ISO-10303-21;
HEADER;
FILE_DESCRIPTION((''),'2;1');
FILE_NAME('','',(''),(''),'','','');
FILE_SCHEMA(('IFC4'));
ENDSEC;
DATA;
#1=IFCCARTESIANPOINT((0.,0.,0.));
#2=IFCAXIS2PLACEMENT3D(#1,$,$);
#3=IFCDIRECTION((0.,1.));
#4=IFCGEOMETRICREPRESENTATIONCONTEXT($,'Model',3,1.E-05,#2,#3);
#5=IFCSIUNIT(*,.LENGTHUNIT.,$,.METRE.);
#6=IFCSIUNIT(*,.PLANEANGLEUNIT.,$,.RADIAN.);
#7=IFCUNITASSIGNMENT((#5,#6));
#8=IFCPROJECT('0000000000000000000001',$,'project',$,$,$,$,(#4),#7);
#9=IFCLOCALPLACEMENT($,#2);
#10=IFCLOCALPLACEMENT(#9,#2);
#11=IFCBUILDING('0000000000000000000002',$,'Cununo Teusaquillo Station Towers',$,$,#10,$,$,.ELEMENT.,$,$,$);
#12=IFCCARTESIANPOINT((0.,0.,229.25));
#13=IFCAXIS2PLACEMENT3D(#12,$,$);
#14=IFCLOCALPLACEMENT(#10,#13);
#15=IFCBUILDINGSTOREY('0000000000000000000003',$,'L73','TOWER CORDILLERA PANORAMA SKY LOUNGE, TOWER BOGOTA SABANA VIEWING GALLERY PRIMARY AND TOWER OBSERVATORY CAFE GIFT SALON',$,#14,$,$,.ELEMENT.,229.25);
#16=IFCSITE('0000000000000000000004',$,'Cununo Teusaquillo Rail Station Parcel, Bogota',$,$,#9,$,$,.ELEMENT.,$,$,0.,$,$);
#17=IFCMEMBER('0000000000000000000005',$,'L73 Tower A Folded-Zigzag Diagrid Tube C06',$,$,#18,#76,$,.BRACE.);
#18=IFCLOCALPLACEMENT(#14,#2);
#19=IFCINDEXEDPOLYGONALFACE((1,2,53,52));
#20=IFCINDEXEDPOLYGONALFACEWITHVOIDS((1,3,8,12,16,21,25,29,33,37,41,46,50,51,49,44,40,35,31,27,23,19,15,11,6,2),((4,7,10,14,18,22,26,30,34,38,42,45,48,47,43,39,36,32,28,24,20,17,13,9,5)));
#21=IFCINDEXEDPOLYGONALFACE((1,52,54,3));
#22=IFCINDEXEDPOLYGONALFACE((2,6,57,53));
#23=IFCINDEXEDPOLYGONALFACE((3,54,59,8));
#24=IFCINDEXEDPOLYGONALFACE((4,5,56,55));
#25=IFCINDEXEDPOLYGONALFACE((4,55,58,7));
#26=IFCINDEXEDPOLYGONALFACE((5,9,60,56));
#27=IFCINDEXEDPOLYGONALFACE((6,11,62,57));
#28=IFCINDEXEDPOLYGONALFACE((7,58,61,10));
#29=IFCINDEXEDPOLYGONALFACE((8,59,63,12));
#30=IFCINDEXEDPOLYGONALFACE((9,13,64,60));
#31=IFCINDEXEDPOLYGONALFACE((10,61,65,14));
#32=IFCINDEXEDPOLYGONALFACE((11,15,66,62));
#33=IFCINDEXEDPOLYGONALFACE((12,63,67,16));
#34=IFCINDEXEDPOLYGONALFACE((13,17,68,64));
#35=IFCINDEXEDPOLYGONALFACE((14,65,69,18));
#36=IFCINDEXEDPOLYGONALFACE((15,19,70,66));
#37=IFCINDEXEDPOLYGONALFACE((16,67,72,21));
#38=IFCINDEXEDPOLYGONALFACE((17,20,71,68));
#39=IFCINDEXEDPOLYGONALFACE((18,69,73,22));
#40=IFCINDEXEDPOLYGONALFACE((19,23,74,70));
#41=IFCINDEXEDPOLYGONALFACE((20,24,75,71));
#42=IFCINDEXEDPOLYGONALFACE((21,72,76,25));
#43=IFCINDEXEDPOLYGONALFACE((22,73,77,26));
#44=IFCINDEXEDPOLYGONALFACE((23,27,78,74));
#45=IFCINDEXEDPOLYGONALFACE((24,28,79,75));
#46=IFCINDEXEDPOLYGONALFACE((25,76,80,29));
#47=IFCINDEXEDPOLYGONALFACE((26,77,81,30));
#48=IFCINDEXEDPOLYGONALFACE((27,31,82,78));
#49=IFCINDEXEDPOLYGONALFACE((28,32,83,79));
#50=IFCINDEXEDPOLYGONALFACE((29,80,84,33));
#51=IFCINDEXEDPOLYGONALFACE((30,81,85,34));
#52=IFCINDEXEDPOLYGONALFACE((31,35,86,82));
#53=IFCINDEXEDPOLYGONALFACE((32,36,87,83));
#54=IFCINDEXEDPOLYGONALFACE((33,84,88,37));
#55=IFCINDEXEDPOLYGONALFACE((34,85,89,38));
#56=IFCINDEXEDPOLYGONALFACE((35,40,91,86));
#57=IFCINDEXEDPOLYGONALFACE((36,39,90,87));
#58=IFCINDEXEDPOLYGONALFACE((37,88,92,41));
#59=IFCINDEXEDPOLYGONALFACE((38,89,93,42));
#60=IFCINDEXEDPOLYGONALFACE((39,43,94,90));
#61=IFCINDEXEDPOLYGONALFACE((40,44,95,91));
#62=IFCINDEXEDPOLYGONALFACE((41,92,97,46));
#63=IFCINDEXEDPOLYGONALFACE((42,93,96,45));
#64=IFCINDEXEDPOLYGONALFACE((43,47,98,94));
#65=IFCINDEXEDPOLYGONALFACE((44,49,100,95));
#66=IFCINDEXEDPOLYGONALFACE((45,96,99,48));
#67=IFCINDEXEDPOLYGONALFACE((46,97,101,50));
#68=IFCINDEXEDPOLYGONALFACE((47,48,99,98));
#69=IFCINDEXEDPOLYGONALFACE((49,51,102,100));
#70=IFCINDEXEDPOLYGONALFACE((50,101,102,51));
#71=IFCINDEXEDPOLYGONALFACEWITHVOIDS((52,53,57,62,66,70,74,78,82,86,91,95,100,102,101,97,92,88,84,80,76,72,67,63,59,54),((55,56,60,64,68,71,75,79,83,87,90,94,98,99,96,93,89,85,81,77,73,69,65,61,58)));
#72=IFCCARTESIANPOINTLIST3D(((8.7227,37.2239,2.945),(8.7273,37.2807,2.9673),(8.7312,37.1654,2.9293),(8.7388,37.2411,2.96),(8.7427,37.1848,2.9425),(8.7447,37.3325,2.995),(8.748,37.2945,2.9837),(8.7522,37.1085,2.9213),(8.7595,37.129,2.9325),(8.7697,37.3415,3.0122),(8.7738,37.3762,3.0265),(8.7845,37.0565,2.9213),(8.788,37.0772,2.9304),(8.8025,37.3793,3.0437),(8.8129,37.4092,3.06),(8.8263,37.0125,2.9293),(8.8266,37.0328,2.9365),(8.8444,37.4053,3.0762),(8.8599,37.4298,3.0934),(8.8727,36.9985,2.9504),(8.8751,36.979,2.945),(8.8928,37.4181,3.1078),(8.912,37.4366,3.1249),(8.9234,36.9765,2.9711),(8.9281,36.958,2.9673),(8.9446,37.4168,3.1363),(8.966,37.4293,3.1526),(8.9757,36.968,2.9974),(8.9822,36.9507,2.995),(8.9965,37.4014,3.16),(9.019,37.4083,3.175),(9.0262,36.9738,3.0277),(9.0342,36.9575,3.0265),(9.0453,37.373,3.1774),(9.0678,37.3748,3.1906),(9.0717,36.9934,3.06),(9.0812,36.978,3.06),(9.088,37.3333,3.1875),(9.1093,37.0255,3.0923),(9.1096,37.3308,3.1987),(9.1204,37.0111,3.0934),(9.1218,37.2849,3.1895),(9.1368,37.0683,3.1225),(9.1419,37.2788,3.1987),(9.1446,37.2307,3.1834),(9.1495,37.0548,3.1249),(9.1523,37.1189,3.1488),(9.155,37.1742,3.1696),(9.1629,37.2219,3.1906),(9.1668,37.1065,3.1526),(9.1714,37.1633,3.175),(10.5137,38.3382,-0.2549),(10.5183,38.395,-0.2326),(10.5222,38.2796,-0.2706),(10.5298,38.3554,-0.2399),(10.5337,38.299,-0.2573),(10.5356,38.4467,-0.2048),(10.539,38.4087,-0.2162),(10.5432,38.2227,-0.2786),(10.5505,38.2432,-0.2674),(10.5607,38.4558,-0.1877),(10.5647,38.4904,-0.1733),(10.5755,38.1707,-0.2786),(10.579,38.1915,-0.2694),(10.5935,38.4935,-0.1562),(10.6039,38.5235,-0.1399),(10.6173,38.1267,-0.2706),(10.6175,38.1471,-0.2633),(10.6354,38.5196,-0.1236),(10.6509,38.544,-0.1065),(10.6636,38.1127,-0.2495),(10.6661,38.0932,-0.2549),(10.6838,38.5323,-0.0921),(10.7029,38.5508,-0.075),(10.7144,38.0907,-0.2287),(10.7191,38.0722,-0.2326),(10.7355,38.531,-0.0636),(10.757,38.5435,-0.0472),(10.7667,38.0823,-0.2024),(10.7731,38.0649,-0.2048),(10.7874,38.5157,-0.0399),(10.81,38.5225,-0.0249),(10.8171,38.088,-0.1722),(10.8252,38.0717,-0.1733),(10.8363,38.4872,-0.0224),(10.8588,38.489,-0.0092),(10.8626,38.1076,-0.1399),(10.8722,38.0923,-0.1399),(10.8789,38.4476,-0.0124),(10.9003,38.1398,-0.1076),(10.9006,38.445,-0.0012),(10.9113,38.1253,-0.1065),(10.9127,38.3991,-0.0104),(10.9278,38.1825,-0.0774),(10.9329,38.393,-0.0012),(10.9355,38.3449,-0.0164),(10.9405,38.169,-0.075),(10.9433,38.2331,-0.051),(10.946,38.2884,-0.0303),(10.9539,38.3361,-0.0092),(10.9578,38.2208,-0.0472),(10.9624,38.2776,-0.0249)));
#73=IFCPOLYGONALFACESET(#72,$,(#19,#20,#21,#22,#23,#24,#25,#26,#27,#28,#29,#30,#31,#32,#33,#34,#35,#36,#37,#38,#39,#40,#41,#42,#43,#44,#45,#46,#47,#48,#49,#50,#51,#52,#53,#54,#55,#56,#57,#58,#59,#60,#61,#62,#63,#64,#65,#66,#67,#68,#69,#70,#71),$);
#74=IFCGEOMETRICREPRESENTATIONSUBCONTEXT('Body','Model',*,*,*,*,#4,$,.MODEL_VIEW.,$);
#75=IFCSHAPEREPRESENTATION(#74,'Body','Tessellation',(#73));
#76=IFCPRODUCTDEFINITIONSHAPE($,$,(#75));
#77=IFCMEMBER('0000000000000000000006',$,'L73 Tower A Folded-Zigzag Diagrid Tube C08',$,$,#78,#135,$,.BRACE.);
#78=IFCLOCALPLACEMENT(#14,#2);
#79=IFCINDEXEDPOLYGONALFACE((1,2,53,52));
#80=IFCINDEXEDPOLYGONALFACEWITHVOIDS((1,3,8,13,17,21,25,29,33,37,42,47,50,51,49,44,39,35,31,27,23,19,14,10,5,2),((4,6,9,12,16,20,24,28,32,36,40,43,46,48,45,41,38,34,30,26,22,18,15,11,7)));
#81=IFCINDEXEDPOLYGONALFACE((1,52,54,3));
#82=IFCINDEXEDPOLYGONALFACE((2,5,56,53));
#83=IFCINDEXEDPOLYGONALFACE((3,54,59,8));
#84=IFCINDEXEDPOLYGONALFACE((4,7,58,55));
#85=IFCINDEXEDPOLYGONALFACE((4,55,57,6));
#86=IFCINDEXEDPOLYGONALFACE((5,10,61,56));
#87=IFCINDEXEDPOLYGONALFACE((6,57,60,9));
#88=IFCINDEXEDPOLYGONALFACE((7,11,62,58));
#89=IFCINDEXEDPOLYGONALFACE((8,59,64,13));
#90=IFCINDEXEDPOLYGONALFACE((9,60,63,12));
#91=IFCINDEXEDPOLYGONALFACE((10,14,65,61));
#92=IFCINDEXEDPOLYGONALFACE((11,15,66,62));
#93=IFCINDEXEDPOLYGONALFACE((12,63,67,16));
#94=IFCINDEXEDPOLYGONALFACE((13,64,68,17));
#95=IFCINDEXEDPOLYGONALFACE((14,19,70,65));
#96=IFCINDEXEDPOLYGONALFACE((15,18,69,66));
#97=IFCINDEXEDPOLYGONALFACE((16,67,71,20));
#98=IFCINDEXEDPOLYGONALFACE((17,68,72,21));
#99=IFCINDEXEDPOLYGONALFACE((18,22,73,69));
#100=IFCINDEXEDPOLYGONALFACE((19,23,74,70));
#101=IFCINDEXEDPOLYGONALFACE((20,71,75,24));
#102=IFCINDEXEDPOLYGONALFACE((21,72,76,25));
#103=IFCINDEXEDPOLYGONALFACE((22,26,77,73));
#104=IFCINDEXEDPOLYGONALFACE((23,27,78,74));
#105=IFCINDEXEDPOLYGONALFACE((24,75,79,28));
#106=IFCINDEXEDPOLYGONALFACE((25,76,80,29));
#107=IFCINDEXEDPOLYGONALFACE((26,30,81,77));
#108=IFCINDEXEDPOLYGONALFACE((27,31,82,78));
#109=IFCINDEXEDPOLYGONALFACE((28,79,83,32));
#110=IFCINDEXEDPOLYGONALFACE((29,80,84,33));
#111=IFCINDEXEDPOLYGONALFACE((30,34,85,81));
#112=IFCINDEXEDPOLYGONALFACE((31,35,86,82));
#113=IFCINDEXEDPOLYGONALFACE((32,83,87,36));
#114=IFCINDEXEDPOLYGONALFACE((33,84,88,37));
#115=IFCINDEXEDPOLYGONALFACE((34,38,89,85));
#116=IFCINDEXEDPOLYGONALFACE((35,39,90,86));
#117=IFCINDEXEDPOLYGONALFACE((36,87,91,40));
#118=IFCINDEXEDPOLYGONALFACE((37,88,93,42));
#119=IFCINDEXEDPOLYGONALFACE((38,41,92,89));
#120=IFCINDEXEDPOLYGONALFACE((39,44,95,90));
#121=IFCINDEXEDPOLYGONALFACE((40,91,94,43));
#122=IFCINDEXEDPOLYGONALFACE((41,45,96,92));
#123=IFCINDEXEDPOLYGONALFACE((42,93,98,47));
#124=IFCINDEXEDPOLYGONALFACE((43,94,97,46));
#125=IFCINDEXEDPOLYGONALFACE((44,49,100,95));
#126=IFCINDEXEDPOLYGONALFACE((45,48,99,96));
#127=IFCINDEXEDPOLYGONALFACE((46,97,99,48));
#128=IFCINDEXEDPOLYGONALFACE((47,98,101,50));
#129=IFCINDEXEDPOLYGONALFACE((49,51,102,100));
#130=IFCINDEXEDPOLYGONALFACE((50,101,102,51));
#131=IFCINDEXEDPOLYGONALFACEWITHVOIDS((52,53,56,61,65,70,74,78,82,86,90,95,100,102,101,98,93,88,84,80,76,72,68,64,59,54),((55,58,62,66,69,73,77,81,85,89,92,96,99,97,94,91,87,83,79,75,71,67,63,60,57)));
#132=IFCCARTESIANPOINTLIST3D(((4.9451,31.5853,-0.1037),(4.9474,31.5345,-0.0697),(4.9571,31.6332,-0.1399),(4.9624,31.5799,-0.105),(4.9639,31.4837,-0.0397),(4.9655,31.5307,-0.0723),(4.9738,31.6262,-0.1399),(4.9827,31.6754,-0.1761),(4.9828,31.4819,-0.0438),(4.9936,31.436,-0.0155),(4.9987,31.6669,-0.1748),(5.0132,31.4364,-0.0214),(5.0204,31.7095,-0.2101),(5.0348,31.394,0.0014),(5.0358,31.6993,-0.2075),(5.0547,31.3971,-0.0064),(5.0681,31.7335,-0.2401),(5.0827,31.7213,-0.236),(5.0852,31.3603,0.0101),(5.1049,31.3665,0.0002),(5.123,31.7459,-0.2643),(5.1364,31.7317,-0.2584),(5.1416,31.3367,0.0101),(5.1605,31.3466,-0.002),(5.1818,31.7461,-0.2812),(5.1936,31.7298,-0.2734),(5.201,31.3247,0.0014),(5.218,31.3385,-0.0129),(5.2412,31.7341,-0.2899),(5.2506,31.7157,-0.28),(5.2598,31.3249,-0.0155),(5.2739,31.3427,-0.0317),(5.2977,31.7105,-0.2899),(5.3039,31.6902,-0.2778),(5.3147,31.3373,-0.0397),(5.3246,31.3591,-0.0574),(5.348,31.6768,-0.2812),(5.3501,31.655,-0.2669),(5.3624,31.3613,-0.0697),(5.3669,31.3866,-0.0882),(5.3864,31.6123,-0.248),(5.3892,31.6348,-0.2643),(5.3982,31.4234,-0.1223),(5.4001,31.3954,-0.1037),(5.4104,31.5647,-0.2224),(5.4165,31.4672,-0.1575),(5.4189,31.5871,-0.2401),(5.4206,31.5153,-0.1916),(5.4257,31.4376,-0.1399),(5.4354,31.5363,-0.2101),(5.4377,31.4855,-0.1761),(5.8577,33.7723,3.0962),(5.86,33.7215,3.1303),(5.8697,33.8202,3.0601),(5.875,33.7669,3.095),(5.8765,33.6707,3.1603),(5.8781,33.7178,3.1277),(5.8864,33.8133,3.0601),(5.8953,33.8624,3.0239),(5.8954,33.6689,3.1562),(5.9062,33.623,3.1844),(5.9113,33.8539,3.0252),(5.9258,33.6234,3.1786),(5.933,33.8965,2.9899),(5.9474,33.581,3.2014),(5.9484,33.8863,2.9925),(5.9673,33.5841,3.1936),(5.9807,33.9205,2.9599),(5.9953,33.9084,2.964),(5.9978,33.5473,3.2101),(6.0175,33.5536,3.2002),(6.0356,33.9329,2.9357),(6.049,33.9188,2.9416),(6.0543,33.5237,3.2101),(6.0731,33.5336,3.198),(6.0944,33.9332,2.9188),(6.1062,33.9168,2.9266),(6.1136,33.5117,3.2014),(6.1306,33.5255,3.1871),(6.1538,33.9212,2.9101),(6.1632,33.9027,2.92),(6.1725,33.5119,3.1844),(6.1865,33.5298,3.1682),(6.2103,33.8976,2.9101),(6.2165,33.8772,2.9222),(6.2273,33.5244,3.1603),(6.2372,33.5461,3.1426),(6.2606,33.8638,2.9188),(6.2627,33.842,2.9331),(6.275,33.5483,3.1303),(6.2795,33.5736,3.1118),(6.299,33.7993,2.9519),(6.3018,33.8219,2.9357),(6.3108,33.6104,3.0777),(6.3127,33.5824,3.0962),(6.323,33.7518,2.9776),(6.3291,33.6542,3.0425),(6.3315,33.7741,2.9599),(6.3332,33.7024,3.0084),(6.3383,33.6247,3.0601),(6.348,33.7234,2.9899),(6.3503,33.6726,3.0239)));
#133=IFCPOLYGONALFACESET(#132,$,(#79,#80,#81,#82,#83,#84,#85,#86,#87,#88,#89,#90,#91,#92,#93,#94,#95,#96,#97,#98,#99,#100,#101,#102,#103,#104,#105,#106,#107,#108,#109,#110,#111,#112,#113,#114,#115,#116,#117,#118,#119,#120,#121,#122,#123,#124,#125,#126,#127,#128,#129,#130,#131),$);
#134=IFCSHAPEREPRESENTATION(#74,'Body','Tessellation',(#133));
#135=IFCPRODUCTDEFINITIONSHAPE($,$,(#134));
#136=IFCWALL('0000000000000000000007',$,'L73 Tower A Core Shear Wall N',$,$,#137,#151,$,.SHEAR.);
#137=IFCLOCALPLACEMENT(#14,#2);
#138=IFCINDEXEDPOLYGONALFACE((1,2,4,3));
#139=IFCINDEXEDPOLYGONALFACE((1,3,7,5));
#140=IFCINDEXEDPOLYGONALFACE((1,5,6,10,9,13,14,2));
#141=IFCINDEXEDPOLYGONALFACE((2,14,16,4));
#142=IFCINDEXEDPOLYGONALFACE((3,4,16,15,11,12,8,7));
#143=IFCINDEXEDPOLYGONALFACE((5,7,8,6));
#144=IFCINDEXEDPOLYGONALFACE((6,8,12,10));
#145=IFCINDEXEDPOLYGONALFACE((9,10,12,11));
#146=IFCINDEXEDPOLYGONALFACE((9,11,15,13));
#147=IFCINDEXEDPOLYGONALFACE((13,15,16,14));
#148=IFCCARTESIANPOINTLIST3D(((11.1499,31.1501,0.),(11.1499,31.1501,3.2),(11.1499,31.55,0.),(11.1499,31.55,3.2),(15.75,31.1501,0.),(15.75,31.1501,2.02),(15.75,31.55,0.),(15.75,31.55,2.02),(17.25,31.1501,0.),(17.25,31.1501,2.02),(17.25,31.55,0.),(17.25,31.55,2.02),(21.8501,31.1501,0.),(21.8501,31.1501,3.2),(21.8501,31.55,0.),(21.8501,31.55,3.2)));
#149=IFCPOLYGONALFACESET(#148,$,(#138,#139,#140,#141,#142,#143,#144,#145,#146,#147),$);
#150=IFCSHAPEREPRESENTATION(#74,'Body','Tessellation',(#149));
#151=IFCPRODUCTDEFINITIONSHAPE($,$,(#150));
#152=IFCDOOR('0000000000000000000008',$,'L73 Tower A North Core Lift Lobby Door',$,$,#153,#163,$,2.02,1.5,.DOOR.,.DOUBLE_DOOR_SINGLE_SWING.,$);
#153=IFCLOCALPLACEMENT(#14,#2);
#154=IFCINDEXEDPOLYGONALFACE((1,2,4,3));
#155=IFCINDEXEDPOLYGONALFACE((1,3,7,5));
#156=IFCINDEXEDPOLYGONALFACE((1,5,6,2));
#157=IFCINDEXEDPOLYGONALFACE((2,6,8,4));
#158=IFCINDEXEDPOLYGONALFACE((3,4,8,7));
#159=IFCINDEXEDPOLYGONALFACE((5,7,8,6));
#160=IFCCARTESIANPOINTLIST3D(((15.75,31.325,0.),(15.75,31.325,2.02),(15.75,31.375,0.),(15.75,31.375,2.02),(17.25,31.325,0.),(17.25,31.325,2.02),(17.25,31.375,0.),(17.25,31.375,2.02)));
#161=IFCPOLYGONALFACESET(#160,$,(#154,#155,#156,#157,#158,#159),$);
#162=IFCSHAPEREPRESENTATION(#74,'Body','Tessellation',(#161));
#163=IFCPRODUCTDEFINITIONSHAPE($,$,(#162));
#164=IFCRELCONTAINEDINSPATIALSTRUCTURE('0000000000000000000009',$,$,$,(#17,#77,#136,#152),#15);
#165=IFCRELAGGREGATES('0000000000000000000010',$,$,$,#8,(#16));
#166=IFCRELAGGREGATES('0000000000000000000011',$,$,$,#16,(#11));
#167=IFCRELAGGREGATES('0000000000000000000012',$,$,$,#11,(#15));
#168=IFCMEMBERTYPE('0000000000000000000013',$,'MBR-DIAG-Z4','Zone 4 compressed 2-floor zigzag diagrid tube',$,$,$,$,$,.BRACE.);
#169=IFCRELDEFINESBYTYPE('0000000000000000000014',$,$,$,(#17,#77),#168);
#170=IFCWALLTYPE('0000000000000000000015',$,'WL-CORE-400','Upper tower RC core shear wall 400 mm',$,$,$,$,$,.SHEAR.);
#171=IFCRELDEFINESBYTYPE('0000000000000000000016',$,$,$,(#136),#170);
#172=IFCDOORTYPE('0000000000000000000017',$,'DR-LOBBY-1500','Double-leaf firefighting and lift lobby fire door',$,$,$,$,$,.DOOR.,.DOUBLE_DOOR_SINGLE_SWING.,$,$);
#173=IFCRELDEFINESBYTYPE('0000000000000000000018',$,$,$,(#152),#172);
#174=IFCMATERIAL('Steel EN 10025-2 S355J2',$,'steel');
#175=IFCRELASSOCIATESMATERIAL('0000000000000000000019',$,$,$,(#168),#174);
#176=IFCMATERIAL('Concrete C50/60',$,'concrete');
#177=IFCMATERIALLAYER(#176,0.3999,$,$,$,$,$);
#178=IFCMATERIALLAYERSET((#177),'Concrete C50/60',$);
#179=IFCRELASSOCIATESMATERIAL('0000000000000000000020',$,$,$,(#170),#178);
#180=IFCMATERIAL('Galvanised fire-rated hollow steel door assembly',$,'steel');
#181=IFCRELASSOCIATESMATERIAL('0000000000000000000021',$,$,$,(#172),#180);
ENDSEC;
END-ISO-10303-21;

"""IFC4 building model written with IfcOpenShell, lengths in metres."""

from ifc_helpers import new_model, si_unit, direction, frame, frame_2d, origin, origin_2d, place, context, subcontext, project, spatial, rectangle, hollow_circle, extrude, source, transform, mapped, material, layer, layer_set, material_profile, profile_set, type_object, element, fill, save


model = new_model("IFC4")

# Units and contexts
model_context = context("Model", 3, precision=1e-05, world=origin(), true_north=direction((0.0, 1.0)))
body_context = subcontext(model_context, "Body", "Model", "MODEL_VIEW")
ifc_project = project(units=[si_unit("LENGTHUNIT", "METRE"), si_unit("PLANEANGLEUNIT", "RADIAN")], contexts=[model_context])

# Site, building, storey
site_placement = place(None, origin())
site = spatial("IfcSite", under=ifc_project, at=site_placement, Name="Cununo Teusaquillo Rail Station Parcel, Bogota", CompositionType="ELEMENT", RefElevation=0.0)
building_placement = place(site_placement, origin())
building = spatial("IfcBuilding", under=site, at=building_placement, Name="Cununo Teusaquillo Station Towers", CompositionType="ELEMENT")
storey_placement = place(building_placement, frame((0.0, 0.0, 229.25)))
storey = spatial("IfcBuildingStorey", under=building, at=storey_placement, Name="L73", Description="TOWER CORDILLERA PANORAMA SKY LOUNGE, TOWER BOGOTA SABANA VIEWING GALLERY PRIMARY AND TOWER OBSERVATORY CAFE GIFT SALON", CompositionType="ELEMENT", Elevation=229.25)

# Members
ifc_material_1 = material(Name="Steel EN 10025-2 S355J2", Category="steel")
ifc_material_profile_1 = material_profile(ifc_material_1, hollow_circle(Radius=0.2539, WallThickness=0.0181, at=origin_2d()), Name="CHS 508x18")
ifc_profile_set_1 = profile_set([ifc_material_profile_1], Name="Steel EN 10025-2 S355J2")
member_type = type_object("IfcMemberType", Name="MBR-DIAG-Z4", Description="Zone 4 compressed 2-floor zigzag diagrid tube", PredefinedType="BRACE", material=ifc_profile_set_1)
member_1_placement = place(storey_placement, frame((10.738, 38.3079, -0.1399), z_axis=(-0.467308, -0.29073, 0.834925), x_axis=(0.52825, -0.849089, 0.0)))
element("IfcMember", 1, at=member_1_placement, inside=storey, type_object=member_type, Name="L73 Tower A Folded-Zigzag Diagrid Tube C06", PredefinedType="BRACE", context=body_context, shape_type="SweptSolid", body=[
    extrude(hollow_circle(Radius=0.2539, WallThickness=0.0181, at=origin_2d()), origin(), (0.0, 0.0, 1.0), 3.8325),
])
member_2_placement = place(storey_placement, frame((5.1914, 31.5354, -0.1399), z_axis=(0.229186, 0.549238, 0.803624), x_axis=(-0.922876, 0.385098, 0.0)))
element("IfcMember", 2, at=member_2_placement, inside=storey, type_object=member_type, Name="L73 Tower A Folded-Zigzag Diagrid Tube C08", PredefinedType="BRACE", context=body_context, shape_type="SweptSolid", body=[
    extrude(hollow_circle(Radius=0.2539, WallThickness=0.0181, at=origin_2d()), origin(), (0.0, 0.0, 1.0), 3.9819),
])

# Wall, opening, door
ifc_material_2 = material(Name="Concrete C50/60", Category="concrete")
ifc_layer_1 = layer(ifc_material_2, 0.3999)
ifc_layer_set_1 = layer_set([ifc_layer_1], Name="Concrete C50/60")
wall_type_1 = type_object("IfcWallType", Name="WL-CORE-400", Description="Upper tower RC core shear wall 400 mm", PredefinedType="SHEAR", material=ifc_layer_set_1)
wall_1_placement = place(storey_placement, frame((11.1499, 31.3501, 0.0), z_axis=(0.0, 0.0, 1.0), x_axis=(1.0, 0.0, 0.0)))
wall_1 = element("IfcWall", 3, at=wall_1_placement, inside=storey, type_object=wall_type_1, Name="L73 Tower A Core Shear Wall N", PredefinedType="SHEAR", context=body_context, shape_type="SweptSolid", body=[
    extrude(rectangle(XDim=10.7002, YDim=0.3999, at=frame_2d((5.3501, 0.0))), origin(), (0.0, 0.0, 1.0), 3.2),
])
shared_shape_1 = source(origin(), body_context, "Body", "SweptSolid", [
    extrude(rectangle(XDim=1.5, YDim=2.02, at=frame_2d((0.75, 1.01))), frame((0.0, 0.21, 0.0), z_axis=(0.0, -1.0, 0.0), x_axis=(1.0, 0.0, 0.0)), (0.0, 0.0, 1.0), 0.4199),
])
opening_1_placement = place(wall_1_placement, frame((4.6001, 0.0, 0.0)))
opening_1 = element("IfcOpeningElement", 4, at=opening_1_placement, cuts=wall_1, PredefinedType="OPENING", context=body_context, shape_type="MappedRepresentation", body=[
    mapped(shared_shape_1, transform((0.0, 0.0, 0.0), x_axis=(1.0, 0.0, 0.0), y_axis=(0.0, 1.0, 0.0), z_axis=(0.0, 0.0, 1.0), scale=1.0)),
])
ifc_material_3 = material(Name="Galvanised fire-rated hollow steel door assembly", Category="steel")
door_type = type_object("IfcDoorType", Name="DR-LOBBY-1500", Description="Double-leaf firefighting and lift lobby fire door", OperationType="DOUBLE_DOOR_SINGLE_SWING", PredefinedType="DOOR", material=ifc_material_3)
shared_shape_2 = source(origin(), body_context, "Body", "SweptSolid", [
    extrude(rectangle(XDim=1.5, YDim=2.02, at=frame_2d((0.75, 1.01))), frame((0.0, 0.0249, 0.0), z_axis=(0.0, -1.0, 0.0), x_axis=(1.0, 0.0, 0.0)), (0.0, 0.0, 1.0), 0.05),
])
door_placement = place(opening_1_placement, origin())
door = element("IfcDoor", 5, at=door_placement, inside=storey, type_object=door_type, Name="L73 Tower A North Core Lift Lobby Door", OperationType="DOUBLE_DOOR_SINGLE_SWING", OverallHeight=2.02, OverallWidth=1.5, PredefinedType="DOOR", context=body_context, shape_type="MappedRepresentation", body=[
    mapped(shared_shape_2, transform((0.0, 0.0, 0.0), x_axis=(1.0, 0.0, 0.0), y_axis=(0.0, 1.0, 0.0), z_axis=(0.0, 0.0, 1.0), scale=1.0)),
])
fill(opening_1, door)

save(model, "model.ifc")
